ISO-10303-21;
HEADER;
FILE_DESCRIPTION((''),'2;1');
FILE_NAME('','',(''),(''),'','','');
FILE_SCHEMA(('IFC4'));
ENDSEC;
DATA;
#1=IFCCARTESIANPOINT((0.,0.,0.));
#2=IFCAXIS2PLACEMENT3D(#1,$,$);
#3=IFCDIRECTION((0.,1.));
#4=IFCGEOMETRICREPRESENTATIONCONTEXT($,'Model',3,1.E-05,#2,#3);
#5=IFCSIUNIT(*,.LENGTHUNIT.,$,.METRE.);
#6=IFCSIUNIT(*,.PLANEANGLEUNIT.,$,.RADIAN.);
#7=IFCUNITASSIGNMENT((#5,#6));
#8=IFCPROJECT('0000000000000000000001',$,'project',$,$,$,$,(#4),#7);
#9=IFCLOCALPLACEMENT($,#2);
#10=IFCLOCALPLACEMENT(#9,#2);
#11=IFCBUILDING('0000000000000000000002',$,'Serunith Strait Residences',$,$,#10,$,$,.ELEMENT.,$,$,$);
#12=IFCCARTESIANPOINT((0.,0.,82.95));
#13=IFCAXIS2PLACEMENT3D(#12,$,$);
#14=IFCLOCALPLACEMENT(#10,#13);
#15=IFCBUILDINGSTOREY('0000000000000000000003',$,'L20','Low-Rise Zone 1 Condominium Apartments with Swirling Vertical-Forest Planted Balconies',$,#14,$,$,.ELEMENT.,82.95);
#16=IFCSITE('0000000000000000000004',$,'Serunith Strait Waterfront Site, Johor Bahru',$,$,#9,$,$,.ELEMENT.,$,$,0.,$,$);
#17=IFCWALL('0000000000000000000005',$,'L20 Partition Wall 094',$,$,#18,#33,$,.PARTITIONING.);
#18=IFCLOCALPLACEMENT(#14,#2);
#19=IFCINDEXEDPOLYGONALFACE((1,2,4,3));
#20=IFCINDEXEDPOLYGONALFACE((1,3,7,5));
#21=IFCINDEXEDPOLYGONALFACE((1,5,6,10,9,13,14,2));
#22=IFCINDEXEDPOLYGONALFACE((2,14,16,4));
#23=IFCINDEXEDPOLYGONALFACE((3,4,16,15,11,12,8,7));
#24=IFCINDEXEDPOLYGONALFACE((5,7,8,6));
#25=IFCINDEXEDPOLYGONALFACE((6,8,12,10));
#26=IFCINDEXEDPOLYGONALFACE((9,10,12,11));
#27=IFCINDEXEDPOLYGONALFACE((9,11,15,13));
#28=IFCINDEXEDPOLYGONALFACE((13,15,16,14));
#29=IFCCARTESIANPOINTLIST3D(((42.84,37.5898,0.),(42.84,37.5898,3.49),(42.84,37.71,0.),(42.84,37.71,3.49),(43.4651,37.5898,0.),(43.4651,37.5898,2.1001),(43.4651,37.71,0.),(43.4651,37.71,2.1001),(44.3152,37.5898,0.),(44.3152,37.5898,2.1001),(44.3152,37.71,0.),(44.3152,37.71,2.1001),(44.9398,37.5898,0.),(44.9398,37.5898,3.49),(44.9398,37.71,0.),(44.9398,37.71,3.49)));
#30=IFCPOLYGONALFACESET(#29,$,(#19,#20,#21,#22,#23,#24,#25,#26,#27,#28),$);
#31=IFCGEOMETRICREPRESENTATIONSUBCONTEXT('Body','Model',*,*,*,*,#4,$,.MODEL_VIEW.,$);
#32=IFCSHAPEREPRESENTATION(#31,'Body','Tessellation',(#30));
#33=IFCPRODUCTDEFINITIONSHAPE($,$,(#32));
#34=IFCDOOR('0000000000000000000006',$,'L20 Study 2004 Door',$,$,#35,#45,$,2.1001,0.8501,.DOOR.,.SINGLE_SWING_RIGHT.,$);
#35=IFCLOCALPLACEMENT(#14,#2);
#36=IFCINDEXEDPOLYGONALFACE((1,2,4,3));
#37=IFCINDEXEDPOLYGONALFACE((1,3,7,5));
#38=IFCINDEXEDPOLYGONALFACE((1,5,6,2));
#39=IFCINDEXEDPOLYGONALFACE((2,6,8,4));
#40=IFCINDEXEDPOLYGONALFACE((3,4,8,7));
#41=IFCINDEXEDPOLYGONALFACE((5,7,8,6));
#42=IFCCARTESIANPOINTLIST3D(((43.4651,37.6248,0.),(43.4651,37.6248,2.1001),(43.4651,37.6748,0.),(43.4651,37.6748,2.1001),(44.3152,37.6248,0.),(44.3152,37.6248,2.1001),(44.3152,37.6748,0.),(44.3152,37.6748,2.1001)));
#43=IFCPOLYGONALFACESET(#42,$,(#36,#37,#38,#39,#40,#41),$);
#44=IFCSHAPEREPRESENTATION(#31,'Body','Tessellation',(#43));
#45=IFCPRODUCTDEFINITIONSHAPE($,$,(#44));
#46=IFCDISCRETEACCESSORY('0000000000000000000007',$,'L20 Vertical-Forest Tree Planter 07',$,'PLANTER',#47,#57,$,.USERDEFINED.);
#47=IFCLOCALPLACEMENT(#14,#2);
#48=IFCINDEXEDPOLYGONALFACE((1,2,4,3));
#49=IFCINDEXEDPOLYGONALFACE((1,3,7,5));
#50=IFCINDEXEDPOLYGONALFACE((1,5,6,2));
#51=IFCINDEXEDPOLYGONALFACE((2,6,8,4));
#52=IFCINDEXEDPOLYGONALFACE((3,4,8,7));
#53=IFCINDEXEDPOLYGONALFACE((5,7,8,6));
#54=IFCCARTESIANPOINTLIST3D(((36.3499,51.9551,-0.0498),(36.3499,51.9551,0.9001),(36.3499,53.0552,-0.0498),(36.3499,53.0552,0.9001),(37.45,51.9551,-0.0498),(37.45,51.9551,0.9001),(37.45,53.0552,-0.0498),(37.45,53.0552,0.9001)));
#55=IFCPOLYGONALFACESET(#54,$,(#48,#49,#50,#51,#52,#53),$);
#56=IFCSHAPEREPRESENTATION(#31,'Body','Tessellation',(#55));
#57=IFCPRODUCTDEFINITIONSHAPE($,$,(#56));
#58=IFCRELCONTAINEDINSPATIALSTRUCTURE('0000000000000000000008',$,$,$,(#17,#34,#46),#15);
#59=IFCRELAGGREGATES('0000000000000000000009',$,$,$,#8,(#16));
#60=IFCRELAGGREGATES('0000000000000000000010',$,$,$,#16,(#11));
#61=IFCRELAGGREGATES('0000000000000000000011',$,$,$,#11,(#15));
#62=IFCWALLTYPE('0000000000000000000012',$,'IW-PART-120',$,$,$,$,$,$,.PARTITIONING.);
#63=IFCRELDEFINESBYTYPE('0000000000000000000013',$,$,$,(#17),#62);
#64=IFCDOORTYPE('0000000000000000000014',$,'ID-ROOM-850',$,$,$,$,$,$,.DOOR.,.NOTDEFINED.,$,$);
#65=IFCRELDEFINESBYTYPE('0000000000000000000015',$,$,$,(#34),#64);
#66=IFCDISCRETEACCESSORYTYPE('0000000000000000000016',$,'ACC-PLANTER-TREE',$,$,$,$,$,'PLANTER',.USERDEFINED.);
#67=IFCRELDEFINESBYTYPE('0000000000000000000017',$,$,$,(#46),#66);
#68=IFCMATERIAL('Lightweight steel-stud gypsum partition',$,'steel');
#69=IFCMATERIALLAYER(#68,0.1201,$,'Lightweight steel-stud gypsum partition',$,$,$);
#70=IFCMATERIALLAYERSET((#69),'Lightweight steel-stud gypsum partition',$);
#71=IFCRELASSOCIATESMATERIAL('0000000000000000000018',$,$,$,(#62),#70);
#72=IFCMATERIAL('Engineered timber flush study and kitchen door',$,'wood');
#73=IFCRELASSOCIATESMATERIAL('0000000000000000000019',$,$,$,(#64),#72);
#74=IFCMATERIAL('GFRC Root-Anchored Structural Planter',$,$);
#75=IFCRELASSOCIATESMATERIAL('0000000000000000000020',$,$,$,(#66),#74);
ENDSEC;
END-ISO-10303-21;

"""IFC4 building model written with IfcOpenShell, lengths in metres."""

from ifc_helpers import new_model, si_unit, direction, frame, frame_2d, origin, origin_2d, place, context, subcontext, project, spatial, rectangle, extrude, source, transform, mapped, material, layer, layer_set, type_object, element, fill, save


model = new_model("IFC4")

# Units and contexts
model_context = context("Model", 3, precision=1e-05, world=origin(), true_north=direction((0.0, 1.0)))
body_context = subcontext(model_context, "Body", "Model", "MODEL_VIEW")
ifc_project = project(units=[si_unit("LENGTHUNIT", "METRE"), si_unit("PLANEANGLEUNIT", "RADIAN")], contexts=[model_context])

# Site, building, storey
site_placement = place(None, origin())
site = spatial("IfcSite", under=ifc_project, at=site_placement, Name="Serunith Strait Waterfront Site, Johor Bahru", CompositionType="ELEMENT", RefElevation=0.0)
building_placement = place(site_placement, origin())
building = spatial("IfcBuilding", under=site, at=building_placement, Name="Serunith Strait Residences", CompositionType="ELEMENT")
storey_placement = place(building_placement, frame((0.0, 0.0, 82.95)))
storey = spatial("IfcBuildingStorey", under=building, at=storey_placement, Name="L20", Description="Low-Rise Zone 1 Condominium Apartments with Swirling Vertical-Forest Planted Balconies", CompositionType="ELEMENT", Elevation=82.95)

# Shared definitions
ifc_material_1 = material(Name="Lightweight steel-stud gypsum partition", Category="steel")
ifc_layer_1 = layer(ifc_material_1, 0.1201, Name="Lightweight steel-stud gypsum partition")
ifc_layer_set_1 = layer_set([ifc_layer_1], Name="Lightweight steel-stud gypsum partition")
wall_type_1 = type_object("IfcWallType", Name="IW-PART-120", PredefinedType="PARTITIONING", material=ifc_layer_set_1)
ifc_material_2 = material(Name="Engineered timber flush study and kitchen door", Category="wood")
door_type_1 = type_object("IfcDoorType", Name="ID-ROOM-850", OperationType="NOTDEFINED", PredefinedType="DOOR", material=ifc_material_2)
shared_shape_1 = source(origin(), body_context, "Body", "SweptSolid", [
    extrude(rectangle(XDim=0.8501, YDim=2.1001, at=frame_2d((0.425, 1.05))), frame((0.0, 0.0249, 0.0), z_axis=(0.0, -1.0, 0.0), x_axis=(1.0, 0.0, 0.0)), (0.0, 0.0, 1.0), 0.05),
])

# Wall, opening, door
wall_1_placement = place(storey_placement, frame((42.8401, 37.6499, 0.0), z_axis=(0.0, 0.0, 1.0), x_axis=(1.0, 0.0, 0.0)))
wall_1 = element("IfcWall", 1, at=wall_1_placement, inside=storey, type_object=wall_type_1, Name="L20 Partition Wall 094", PredefinedType="PARTITIONING", context=body_context, shape_type="SweptSolid", body=[
    extrude(rectangle(XDim=2.0999, YDim=0.1201, at=frame_2d((1.0498, 0.0))), origin(), (0.0, 0.0, 1.0), 3.49),
])
opening_1_placement = place(wall_1_placement, frame((0.625, 0.0, 0.0)))
opening_1 = element("IfcOpeningElement", 2, at=opening_1_placement, cuts=wall_1, PredefinedType="OPENING", context=body_context, shape_type="SweptSolid", body=[
    extrude(rectangle(XDim=0.8501, YDim=2.1001, at=frame_2d((0.425, 1.05))), frame((0.0, 0.0701, 0.0), z_axis=(0.0, -1.0, 0.0), x_axis=(1.0, 0.0, 0.0)), (0.0, 0.0, 1.0), 0.1401),
])
door_1_placement = place(opening_1_placement, origin())
door_1 = element("IfcDoor", 3, at=door_1_placement, inside=storey, type_object=door_type_1, Name="L20 Study 2004 Door", OperationType="SINGLE_SWING_RIGHT", OverallHeight=2.1001, OverallWidth=0.8501, PredefinedType="DOOR", context=body_context, shape_type="MappedRepresentation", body=[
    mapped(shared_shape_1, transform((0.0, 0.0, 0.0), scale=1.0)),
])
fill(opening_1, door_1)

# Discrete accessory
ifc_material_3 = material(Name="GFRC Root-Anchored Structural Planter")
discrete_accessory_type = type_object("IfcDiscreteAccessoryType", Name="ACC-PLANTER-TREE", ElementType="PLANTER", PredefinedType="USERDEFINED", material=ifc_material_3)
shared_shape_2 = source(origin(), body_context, "Body", "SweptSolid", [
    extrude(rectangle(XDim=1.1001, YDim=1.1001, at=origin_2d()), origin(), (0.0, 0.0, 1.0), 0.95),
])
discrete_accessory_placement = place(storey_placement, frame((36.8999, 52.5051, -0.0498), z_axis=(0.0, 0.0, 1.0), x_axis=(-1.0, 0.0, 0.0)))
element("IfcDiscreteAccessory", 4, at=discrete_accessory_placement, inside=storey, type_object=discrete_accessory_type, Name="L20 Vertical-Forest Tree Planter 07", ObjectType="PLANTER", PredefinedType="USERDEFINED", context=body_context, shape_type="MappedRepresentation", body=[
    mapped(shared_shape_2, transform((0.0, 0.0, 0.0), scale=1.0)),
])

save(model, "model.ifc")
